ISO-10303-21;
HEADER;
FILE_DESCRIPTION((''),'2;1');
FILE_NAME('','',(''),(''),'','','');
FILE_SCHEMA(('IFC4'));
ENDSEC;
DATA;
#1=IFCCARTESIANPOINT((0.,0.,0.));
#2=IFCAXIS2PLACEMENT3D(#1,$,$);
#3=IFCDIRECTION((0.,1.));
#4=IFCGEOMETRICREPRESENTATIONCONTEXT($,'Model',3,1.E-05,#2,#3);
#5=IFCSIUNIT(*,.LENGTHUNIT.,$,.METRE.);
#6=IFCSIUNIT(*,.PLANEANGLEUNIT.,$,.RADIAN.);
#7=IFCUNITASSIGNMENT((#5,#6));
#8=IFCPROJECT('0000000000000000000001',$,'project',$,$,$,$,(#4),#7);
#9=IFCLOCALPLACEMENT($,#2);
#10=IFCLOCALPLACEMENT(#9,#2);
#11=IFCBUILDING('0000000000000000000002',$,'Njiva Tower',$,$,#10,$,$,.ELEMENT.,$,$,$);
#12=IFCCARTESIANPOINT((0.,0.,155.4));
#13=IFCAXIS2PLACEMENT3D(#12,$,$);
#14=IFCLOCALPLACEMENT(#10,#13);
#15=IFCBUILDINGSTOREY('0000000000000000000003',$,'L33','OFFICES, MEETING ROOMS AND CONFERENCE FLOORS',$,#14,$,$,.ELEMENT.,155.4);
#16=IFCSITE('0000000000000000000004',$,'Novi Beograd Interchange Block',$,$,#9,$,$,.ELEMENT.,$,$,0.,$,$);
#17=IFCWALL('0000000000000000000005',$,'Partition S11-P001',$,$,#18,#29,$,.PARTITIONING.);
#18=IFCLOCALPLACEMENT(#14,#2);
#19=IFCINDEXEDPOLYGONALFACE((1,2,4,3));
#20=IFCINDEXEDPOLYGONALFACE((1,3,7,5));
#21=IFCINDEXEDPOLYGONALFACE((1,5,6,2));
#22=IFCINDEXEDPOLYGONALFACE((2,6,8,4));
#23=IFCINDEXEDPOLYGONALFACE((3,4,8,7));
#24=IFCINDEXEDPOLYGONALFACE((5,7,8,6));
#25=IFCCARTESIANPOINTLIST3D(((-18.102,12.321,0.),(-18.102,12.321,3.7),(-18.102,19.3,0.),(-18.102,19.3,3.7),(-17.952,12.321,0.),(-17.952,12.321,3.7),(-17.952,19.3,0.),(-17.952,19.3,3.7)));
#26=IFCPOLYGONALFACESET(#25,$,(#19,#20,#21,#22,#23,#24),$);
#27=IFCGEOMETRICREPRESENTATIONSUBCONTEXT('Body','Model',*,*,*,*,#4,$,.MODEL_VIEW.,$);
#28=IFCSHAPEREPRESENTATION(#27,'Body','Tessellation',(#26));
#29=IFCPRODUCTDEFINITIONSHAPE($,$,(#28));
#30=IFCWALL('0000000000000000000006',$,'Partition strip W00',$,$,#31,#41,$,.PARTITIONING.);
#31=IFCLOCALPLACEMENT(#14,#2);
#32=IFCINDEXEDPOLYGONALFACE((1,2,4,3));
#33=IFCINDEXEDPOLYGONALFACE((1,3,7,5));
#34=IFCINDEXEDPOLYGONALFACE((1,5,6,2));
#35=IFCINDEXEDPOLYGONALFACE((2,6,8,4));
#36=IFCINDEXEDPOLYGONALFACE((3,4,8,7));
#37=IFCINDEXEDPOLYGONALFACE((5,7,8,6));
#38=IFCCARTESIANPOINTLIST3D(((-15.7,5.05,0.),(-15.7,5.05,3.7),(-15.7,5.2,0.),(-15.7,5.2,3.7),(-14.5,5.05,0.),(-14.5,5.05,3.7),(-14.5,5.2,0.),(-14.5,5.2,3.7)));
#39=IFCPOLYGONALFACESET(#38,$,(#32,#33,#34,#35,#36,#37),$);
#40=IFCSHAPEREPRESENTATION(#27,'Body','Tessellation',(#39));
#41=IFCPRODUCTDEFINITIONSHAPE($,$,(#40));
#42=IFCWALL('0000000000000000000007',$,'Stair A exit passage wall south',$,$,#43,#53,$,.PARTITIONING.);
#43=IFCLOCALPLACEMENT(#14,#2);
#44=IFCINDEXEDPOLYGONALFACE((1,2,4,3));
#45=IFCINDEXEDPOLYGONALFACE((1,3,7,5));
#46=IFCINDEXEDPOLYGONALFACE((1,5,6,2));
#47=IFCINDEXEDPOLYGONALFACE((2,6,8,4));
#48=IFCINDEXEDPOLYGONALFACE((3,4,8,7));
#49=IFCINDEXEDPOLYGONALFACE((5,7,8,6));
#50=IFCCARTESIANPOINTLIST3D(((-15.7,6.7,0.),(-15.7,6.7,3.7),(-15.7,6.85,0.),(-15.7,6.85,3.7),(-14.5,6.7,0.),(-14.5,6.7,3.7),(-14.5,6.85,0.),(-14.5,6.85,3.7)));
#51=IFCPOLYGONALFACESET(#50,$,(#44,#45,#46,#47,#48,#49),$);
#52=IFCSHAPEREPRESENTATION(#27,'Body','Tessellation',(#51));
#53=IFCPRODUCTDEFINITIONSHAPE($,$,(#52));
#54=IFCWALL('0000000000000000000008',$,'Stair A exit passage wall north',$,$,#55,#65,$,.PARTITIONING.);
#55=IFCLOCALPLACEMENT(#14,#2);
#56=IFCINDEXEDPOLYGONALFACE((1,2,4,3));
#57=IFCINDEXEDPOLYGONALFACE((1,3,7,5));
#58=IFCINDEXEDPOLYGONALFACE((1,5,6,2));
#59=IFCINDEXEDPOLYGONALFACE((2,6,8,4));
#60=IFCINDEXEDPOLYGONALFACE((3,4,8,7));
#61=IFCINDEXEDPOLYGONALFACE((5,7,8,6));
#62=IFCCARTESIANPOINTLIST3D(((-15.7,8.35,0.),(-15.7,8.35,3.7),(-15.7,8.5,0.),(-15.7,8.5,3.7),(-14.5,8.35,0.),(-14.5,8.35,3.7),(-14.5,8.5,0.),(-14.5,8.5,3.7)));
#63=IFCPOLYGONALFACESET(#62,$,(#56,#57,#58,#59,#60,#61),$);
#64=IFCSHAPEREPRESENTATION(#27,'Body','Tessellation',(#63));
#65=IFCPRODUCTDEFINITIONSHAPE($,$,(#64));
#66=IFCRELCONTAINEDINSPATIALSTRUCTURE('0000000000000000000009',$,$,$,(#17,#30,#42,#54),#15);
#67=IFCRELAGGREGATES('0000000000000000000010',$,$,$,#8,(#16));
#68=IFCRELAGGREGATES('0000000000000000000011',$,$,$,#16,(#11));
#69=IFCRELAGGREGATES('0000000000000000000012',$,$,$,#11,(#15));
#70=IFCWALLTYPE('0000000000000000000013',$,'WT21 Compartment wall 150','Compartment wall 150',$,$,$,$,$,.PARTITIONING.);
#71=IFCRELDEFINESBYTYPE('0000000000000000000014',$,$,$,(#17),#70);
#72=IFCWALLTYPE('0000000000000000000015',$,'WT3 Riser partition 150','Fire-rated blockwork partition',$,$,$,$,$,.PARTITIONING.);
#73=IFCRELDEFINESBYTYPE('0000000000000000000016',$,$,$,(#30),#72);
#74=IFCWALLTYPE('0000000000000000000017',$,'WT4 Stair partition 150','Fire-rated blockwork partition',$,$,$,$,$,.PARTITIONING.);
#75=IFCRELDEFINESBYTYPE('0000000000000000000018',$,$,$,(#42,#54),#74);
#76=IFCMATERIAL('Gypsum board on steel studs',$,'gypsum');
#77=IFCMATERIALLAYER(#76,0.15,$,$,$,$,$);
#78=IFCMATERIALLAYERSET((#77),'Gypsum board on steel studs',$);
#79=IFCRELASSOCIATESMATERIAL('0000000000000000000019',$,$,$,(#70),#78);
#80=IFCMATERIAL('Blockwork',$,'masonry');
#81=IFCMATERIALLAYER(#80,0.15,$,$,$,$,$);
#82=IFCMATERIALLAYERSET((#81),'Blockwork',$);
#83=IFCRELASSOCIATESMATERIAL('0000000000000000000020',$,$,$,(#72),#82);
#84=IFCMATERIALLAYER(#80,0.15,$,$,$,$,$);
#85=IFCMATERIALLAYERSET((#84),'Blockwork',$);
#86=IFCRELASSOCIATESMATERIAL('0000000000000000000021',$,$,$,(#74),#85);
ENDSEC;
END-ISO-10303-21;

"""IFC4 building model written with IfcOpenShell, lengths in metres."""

from ifc_helpers import new_model, si_unit, direction, frame, frame_2d, origin, place, context, subcontext, project, spatial, rectangle, extrude, material, layer, layer_set, type_object, element, save


model = new_model("IFC4")

# Units and contexts
model_context = context("Model", 3, precision=1e-05, world=origin(), true_north=direction((0.0, 1.0)))
body_context = subcontext(model_context, "Body", "Model", "MODEL_VIEW")
ifc_project = project(units=[si_unit("LENGTHUNIT", "METRE"), si_unit("PLANEANGLEUNIT", "RADIAN")], contexts=[model_context])

# Site, building, storey
site_placement = place(None, origin())
site = spatial("IfcSite", under=ifc_project, at=site_placement, Name="Novi Beograd Interchange Block", CompositionType="ELEMENT", RefElevation=0.0)
building_placement = place(site_placement, origin())
building = spatial("IfcBuilding", under=site, at=building_placement, Name="Njiva Tower", CompositionType="ELEMENT")
storey_placement = place(building_placement, frame((0.0, 0.0, 155.4)))
storey = spatial("IfcBuildingStorey", under=building, at=storey_placement, Name="L33", Description="OFFICES, MEETING ROOMS AND CONFERENCE FLOORS", CompositionType="ELEMENT", Elevation=155.4)

# Shared definitions
ifc_material_1 = material(Name="Blockwork", Category="masonry")

# Walls
ifc_material_2 = material(Name="Gypsum board on steel studs", Category="gypsum")
ifc_layer_1 = layer(ifc_material_2, 0.15)
ifc_layer_set_1 = layer_set([ifc_layer_1], Name="Gypsum board on steel studs")
wall_type_1 = type_object("IfcWallType", Name="WT21 Compartment wall 150", Description="Compartment wall 150", PredefinedType="PARTITIONING", material=ifc_layer_set_1)
wall_1_placement = place(storey_placement, frame((-18.027, 12.321, 0.0), z_axis=(0.0, 0.0, 1.0), x_axis=(0.0, 1.0, 0.0)))
element("IfcWall", 1, at=wall_1_placement, inside=storey, type_object=wall_type_1, Name="Partition S11-P001", PredefinedType="PARTITIONING", context=body_context, shape_type="SweptSolid", body=[
    extrude(rectangle(XDim=6.979, YDim=0.15, at=frame_2d((3.4895, 0.0))), origin(), (0.0, 0.0, 1.0), 3.7),
])
ifc_layer_2 = layer(ifc_material_1, 0.15)
ifc_layer_set_2 = layer_set([ifc_layer_2], Name="Blockwork")
wall_type_2 = type_object("IfcWallType", Name="WT3 Riser partition 150", Description="Fire-rated blockwork partition", PredefinedType="PARTITIONING", material=ifc_layer_set_2)
wall_2_placement = place(storey_placement, frame((-15.7, 5.125, 0.0), z_axis=(0.0, 0.0, 1.0), x_axis=(1.0, 0.0, 0.0)))
element("IfcWall", 2, at=wall_2_placement, inside=storey, type_object=wall_type_2, Name="Partition strip W00", PredefinedType="PARTITIONING", context=body_context, shape_type="SweptSolid", body=[
    extrude(rectangle(XDim=1.2, YDim=0.15, at=frame_2d((0.6, 0.0))), origin(), (0.0, 0.0, 1.0), 3.7),
])
ifc_layer_3 = layer(ifc_material_1, 0.15)
ifc_layer_set_3 = layer_set([ifc_layer_3], Name="Blockwork")
wall_type_3 = type_object("IfcWallType", Name="WT4 Stair partition 150", Description="Fire-rated blockwork partition", PredefinedType="PARTITIONING", material=ifc_layer_set_3)
for number, where, z_axis, x_axis, name in (
    (3, (-15.7, 6.775, 0.0), (0.0, 0.0, 1.0), (1.0, 0.0, 0.0), "Stair A exit passage wall south"),
    (4, (-15.7, 8.425, 0.0), (0.0, 0.0, 1.0), (1.0, 0.0, 0.0), "Stair A exit passage wall north"),
):
    element("IfcWall", number, at=place(storey_placement, frame(where, z_axis=z_axis, x_axis=x_axis)), inside=storey, type_object=wall_type_3, Name=name, PredefinedType="PARTITIONING", context=body_context, shape_type="SweptSolid", body=[
        extrude(rectangle(XDim=1.2, YDim=0.15, at=frame_2d((0.6, 0.0))), origin(), (0.0, 0.0, 1.0), 3.7),
    ])

save(model, "model.ifc")
